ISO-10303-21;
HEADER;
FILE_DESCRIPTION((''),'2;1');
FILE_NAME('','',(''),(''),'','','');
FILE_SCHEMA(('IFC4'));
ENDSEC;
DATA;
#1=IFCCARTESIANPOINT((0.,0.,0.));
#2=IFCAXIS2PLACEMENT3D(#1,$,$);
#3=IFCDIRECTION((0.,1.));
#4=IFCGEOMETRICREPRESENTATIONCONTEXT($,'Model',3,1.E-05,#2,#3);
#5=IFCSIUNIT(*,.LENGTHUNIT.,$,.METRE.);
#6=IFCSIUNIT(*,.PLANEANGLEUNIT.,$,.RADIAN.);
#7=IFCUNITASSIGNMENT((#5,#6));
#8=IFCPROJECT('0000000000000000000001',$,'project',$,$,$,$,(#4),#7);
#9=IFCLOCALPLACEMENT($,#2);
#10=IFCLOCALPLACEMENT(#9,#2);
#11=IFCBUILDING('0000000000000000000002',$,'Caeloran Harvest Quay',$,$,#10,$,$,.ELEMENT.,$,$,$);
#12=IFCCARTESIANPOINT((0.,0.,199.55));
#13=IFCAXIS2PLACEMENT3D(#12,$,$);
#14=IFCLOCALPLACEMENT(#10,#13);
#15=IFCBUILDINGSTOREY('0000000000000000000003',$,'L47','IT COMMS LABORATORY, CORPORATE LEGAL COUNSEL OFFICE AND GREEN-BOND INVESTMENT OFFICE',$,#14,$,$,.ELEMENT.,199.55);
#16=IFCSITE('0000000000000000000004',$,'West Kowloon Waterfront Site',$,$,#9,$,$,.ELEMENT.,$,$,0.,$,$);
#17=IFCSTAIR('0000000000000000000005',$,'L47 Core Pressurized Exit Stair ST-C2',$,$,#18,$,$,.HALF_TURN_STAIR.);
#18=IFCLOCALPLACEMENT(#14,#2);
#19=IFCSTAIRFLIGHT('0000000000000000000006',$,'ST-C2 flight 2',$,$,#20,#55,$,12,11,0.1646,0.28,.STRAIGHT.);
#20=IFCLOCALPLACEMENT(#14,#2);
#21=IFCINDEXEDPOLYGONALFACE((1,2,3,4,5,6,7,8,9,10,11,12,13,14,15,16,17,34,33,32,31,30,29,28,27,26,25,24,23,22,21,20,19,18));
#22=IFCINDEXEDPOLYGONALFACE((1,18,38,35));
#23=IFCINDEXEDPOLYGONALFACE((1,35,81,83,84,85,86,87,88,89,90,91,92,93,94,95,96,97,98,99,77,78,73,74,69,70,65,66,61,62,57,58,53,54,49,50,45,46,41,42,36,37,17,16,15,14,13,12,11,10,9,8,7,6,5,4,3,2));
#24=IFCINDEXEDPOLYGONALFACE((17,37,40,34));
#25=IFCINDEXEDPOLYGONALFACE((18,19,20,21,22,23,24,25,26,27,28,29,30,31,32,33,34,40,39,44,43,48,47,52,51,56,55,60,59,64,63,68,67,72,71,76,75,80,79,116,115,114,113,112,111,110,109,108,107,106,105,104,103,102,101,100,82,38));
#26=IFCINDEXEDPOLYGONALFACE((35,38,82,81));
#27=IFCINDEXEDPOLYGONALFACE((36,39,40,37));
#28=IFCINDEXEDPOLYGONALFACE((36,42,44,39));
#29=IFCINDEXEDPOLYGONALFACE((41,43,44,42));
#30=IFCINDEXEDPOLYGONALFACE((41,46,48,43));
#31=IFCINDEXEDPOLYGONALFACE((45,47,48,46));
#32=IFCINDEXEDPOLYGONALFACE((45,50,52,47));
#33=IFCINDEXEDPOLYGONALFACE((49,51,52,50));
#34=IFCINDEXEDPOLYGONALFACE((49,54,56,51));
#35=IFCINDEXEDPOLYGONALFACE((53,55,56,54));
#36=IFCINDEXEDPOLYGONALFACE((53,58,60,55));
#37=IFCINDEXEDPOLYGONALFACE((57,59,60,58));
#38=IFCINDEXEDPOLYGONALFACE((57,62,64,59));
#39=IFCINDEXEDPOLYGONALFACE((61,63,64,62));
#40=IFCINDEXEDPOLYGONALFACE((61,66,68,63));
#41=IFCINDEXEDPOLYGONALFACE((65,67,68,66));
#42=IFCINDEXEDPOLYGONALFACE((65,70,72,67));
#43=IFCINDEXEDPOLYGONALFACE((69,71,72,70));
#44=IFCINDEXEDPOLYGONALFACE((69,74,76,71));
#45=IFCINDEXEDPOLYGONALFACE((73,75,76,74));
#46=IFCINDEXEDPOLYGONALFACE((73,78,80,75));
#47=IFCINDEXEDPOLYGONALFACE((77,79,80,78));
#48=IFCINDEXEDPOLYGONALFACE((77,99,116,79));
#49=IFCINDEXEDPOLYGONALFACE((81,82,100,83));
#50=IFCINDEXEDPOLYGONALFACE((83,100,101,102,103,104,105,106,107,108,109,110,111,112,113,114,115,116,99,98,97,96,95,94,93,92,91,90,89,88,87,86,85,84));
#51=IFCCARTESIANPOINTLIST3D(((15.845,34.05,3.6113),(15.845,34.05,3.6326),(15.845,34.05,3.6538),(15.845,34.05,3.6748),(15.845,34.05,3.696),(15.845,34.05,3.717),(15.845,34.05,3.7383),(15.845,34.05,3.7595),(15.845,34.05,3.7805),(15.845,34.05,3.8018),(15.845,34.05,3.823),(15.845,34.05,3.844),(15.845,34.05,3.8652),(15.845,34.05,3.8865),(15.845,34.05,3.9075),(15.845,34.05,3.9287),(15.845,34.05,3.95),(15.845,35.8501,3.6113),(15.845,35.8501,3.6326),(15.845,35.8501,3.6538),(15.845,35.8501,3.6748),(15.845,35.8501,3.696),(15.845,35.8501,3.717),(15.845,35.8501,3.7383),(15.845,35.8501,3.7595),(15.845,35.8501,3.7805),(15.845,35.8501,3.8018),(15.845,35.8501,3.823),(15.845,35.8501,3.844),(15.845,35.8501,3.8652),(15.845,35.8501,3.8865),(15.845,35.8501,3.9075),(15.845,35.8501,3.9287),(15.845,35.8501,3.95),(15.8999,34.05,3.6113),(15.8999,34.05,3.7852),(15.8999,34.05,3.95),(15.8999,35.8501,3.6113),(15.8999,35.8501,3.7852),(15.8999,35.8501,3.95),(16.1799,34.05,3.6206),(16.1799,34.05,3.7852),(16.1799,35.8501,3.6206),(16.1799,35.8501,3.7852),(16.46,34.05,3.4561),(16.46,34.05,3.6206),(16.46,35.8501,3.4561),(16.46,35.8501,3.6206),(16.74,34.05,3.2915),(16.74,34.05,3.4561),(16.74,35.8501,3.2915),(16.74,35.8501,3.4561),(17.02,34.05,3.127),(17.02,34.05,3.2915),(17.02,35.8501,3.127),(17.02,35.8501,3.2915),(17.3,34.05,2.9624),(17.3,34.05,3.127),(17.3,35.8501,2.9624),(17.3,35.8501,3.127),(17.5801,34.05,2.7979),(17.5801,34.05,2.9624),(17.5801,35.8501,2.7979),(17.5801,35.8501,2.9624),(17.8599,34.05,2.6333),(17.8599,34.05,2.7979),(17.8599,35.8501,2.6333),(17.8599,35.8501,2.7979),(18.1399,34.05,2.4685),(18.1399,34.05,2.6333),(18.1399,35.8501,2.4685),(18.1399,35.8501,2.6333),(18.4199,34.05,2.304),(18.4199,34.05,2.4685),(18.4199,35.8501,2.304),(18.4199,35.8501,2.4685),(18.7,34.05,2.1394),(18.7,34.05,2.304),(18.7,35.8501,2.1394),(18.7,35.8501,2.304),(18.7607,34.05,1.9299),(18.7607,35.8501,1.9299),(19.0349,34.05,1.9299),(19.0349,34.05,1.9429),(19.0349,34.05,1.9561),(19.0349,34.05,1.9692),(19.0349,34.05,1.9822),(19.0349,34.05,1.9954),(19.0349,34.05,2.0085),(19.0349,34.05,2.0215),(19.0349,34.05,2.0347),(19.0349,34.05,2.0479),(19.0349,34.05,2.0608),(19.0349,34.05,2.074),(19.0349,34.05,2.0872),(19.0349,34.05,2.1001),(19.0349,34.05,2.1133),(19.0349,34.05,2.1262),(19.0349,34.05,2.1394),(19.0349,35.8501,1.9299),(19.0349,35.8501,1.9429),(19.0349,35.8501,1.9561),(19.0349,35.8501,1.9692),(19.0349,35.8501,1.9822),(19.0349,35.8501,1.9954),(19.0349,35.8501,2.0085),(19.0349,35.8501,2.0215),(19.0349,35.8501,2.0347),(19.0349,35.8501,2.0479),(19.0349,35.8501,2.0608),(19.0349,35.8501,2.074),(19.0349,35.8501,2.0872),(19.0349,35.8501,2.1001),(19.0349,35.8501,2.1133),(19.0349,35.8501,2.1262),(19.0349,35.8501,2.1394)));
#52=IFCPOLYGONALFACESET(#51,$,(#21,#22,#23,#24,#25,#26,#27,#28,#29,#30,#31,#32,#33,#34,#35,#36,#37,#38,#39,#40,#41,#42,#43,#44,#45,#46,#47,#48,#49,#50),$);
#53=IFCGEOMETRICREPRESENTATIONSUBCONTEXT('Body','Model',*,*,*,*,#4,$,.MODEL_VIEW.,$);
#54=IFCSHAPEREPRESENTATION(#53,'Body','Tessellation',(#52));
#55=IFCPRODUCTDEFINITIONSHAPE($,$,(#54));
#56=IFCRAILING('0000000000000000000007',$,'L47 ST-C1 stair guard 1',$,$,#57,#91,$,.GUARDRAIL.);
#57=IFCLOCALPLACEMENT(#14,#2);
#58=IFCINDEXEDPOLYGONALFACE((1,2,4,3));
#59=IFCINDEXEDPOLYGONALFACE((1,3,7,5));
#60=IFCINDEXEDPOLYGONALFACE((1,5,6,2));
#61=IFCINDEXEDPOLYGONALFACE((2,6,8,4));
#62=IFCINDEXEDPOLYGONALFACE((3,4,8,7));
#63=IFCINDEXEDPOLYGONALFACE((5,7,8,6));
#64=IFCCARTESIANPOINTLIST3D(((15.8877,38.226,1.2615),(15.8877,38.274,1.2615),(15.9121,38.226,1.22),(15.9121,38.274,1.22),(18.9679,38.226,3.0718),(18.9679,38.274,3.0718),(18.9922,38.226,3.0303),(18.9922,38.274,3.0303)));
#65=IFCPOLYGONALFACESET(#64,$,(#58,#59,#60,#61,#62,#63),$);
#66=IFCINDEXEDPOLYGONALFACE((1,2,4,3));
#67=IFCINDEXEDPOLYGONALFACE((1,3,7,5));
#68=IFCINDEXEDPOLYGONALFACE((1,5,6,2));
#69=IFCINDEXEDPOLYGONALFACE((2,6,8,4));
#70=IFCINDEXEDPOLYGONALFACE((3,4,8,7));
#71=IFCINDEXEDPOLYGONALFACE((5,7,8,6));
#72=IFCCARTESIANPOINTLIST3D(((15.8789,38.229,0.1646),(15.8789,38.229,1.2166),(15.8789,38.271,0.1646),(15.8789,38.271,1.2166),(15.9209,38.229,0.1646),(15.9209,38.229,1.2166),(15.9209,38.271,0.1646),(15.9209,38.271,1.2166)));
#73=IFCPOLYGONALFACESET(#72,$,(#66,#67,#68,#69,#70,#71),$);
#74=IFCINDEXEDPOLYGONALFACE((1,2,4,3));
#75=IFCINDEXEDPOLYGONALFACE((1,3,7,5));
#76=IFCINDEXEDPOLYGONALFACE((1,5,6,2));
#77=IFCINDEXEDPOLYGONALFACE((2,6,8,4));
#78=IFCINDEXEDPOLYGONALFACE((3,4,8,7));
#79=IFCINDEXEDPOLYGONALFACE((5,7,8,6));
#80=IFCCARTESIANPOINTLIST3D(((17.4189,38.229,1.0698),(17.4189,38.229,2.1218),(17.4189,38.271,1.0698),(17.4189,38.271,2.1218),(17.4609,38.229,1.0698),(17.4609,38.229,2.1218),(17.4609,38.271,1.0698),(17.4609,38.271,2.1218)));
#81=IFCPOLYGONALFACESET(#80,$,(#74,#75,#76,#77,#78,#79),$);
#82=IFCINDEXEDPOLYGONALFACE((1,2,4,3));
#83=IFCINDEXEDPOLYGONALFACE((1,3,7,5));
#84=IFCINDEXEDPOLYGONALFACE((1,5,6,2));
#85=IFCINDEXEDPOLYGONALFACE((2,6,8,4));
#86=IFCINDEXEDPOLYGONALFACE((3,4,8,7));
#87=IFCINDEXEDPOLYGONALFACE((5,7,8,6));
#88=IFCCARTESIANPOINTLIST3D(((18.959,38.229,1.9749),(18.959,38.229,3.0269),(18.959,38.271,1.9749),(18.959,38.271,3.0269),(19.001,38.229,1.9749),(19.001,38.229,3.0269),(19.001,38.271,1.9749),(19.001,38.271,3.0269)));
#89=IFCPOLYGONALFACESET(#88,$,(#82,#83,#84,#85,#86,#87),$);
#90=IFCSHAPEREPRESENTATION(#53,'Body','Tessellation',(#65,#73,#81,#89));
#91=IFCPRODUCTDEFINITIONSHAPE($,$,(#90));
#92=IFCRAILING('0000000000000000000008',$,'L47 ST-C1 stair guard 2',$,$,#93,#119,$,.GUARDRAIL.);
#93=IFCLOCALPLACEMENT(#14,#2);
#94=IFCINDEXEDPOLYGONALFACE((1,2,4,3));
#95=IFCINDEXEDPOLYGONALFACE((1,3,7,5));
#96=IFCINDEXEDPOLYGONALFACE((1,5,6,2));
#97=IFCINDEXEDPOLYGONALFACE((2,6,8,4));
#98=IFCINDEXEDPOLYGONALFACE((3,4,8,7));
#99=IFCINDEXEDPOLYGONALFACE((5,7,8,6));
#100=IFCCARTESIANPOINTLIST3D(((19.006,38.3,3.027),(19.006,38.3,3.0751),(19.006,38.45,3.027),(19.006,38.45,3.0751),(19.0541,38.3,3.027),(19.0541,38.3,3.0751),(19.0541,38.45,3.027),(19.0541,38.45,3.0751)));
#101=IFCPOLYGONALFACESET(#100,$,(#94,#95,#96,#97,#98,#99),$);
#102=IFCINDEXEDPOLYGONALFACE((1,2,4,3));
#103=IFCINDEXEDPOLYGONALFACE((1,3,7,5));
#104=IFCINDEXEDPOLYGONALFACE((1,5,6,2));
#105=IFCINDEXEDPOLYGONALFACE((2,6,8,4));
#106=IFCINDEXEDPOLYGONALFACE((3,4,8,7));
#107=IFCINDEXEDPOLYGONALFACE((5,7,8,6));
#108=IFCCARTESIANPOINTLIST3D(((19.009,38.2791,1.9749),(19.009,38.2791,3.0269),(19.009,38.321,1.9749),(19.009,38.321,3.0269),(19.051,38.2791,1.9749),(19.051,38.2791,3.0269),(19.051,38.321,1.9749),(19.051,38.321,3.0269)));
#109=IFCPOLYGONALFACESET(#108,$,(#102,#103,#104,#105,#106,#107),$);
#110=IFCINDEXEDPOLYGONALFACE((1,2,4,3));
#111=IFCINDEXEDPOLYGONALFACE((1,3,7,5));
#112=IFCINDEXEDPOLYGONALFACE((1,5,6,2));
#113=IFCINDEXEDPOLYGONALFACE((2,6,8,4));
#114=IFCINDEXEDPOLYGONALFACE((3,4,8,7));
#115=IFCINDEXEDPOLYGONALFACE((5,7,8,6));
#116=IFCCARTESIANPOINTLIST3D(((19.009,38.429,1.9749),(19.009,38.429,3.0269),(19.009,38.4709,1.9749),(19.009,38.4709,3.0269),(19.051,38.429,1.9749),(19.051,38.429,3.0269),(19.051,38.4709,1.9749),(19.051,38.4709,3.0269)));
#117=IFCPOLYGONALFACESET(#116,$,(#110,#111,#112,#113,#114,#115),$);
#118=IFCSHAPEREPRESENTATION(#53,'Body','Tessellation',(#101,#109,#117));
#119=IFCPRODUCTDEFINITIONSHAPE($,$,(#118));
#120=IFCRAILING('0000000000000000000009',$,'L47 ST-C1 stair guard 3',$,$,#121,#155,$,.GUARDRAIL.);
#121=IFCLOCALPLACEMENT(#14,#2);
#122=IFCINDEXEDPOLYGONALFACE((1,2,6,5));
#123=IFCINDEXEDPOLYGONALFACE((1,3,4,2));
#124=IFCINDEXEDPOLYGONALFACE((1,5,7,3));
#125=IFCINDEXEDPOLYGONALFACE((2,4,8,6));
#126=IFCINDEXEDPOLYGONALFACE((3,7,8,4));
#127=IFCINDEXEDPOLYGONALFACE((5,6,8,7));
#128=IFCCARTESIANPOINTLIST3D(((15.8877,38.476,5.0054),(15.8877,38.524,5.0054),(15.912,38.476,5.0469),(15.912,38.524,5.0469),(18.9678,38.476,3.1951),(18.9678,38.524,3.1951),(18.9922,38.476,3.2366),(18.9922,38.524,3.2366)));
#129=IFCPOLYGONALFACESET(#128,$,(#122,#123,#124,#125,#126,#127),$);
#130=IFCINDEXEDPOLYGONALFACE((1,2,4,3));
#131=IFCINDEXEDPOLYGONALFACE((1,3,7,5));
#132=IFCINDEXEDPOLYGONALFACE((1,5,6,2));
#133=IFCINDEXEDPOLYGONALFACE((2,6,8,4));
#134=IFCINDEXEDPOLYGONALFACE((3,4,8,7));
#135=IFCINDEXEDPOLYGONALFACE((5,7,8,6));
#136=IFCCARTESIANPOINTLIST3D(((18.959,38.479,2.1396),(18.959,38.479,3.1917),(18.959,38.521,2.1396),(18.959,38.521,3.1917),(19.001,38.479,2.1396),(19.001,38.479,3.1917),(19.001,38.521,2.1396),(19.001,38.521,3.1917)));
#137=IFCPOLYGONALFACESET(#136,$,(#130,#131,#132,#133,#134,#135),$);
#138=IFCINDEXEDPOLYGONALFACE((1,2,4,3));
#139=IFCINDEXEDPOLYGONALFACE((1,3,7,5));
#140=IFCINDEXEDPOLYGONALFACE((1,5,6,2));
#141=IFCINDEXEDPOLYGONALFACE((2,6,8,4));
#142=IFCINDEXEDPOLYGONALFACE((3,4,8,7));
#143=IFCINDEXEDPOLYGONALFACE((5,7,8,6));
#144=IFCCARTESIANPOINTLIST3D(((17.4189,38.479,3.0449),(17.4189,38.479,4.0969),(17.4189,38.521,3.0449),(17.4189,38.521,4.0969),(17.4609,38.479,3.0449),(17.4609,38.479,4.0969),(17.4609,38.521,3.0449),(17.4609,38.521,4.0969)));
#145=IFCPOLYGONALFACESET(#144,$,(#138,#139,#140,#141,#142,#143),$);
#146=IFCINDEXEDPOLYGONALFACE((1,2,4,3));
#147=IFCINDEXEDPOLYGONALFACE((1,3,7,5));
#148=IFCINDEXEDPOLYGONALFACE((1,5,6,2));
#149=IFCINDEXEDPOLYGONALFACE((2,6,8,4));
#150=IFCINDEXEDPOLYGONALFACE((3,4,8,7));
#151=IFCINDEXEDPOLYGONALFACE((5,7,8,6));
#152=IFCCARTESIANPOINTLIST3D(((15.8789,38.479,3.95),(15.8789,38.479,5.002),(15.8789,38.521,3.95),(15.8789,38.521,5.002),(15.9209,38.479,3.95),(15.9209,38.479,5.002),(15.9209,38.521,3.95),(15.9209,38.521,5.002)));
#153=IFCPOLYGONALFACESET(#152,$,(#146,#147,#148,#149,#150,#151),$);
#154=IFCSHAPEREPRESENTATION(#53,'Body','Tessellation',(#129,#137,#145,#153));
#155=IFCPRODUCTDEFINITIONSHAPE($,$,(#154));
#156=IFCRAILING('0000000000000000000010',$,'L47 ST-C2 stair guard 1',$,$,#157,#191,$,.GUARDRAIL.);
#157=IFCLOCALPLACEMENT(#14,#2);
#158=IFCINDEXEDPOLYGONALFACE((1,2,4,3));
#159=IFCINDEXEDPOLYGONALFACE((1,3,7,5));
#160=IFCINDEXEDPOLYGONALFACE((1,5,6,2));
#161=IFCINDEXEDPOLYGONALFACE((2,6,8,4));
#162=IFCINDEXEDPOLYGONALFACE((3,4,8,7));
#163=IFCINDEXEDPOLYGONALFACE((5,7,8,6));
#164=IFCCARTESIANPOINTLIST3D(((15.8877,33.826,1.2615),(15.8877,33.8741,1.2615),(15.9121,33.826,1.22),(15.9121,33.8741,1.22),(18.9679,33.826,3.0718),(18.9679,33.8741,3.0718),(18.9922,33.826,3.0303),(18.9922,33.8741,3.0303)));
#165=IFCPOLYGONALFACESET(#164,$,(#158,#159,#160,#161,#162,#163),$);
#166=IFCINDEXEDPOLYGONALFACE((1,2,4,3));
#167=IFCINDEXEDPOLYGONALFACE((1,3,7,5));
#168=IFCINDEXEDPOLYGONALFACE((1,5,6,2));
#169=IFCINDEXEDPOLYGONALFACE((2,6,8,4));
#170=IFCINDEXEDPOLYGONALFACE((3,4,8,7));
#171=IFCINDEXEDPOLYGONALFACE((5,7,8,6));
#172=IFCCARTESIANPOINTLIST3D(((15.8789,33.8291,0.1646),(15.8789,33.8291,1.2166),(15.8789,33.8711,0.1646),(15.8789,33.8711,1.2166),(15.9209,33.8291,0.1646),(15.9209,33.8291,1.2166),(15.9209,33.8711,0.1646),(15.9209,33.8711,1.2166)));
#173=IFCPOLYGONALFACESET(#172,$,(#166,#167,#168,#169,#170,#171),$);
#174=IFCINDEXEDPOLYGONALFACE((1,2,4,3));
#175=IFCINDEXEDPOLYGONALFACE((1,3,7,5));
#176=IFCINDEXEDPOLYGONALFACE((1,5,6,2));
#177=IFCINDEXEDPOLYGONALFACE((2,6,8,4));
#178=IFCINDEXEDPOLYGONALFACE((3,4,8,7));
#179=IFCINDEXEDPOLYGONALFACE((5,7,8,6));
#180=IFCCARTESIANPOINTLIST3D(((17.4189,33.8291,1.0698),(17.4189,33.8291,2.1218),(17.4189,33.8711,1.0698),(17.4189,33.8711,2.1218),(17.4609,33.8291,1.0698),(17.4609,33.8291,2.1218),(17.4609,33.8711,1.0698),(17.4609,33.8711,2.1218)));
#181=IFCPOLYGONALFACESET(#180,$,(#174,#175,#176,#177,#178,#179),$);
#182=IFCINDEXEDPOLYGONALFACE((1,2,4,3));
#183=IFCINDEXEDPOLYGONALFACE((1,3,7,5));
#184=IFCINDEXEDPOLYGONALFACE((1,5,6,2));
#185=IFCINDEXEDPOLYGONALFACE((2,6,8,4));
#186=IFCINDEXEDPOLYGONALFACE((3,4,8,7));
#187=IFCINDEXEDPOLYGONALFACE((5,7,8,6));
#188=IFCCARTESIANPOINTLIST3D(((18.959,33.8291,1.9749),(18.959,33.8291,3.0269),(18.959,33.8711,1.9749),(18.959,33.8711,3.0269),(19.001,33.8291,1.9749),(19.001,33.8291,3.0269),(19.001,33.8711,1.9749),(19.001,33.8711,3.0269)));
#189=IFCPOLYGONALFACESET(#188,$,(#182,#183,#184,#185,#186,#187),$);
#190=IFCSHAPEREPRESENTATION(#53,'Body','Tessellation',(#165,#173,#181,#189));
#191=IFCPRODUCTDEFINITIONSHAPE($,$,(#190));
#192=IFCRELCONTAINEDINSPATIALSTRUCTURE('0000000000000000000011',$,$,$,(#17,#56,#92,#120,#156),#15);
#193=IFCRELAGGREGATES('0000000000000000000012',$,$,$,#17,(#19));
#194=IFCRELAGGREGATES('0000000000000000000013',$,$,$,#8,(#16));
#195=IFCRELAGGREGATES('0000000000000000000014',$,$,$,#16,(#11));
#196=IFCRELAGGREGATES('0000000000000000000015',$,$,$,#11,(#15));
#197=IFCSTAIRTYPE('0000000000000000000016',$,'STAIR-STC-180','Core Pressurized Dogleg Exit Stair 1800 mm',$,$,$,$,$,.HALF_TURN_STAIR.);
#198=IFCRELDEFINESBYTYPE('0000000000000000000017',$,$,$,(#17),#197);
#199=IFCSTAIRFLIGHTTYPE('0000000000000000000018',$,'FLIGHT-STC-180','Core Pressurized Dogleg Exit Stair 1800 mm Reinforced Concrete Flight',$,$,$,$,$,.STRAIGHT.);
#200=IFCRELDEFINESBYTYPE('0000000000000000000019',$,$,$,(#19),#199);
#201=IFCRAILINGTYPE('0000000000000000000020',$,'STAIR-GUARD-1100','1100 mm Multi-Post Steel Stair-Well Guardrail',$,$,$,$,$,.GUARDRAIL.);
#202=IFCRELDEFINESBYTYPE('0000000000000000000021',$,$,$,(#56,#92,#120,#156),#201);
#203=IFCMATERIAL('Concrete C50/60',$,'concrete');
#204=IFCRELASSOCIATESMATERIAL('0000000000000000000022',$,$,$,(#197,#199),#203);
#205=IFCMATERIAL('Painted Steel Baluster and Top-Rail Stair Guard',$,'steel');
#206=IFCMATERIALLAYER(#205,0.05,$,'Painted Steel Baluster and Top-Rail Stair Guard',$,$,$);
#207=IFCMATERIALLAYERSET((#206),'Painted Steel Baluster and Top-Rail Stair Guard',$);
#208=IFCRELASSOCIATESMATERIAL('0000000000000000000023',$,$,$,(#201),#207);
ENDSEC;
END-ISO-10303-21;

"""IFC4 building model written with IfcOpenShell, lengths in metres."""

from ifc_helpers import new_model, si_unit, direction, frame, origin, origin_2d, place, context, subcontext, project, spatial, polyline, rectangle, outline, extrude, material, layer, layer_set, type_object, element, aggregate, save


model = new_model("IFC4")

# Units and contexts
model_context = context("Model", 3, precision=1e-05, world=origin(), true_north=direction((0.0, 1.0)))
body_context = subcontext(model_context, "Body", "Model", "MODEL_VIEW")
ifc_project = project(units=[si_unit("LENGTHUNIT", "METRE"), si_unit("PLANEANGLEUNIT", "RADIAN")], contexts=[model_context])

# Site, building, storey
site_placement = place(None, origin())
site = spatial("IfcSite", under=ifc_project, at=site_placement, Name="West Kowloon Waterfront Site", CompositionType="ELEMENT", RefElevation=0.0)
building_placement = place(site_placement, origin())
building = spatial("IfcBuilding", under=site, at=building_placement, Name="Caeloran Harvest Quay", CompositionType="ELEMENT")
storey_placement = place(building_placement, frame((0.0, 0.0, 199.55)))
storey = spatial("IfcBuildingStorey", under=building, at=storey_placement, Name="L47", Description="IT COMMS LABORATORY, CORPORATE LEGAL COUNSEL OFFICE AND GREEN-BOND INVESTMENT OFFICE", CompositionType="ELEMENT", Elevation=199.55)

# Shared definitions
ifc_material_1 = material(Name="Concrete C50/60", Category="concrete")

# Stair, stair flight
stair_type = type_object("IfcStairType", Name="STAIR-STC-180", Description="Core Pressurized Dogleg Exit Stair 1800 mm", PredefinedType="HALF_TURN_STAIR", material=ifc_material_1)
stair_flight_type = type_object("IfcStairFlightType", Name="FLIGHT-STC-180", Description="Core Pressurized Dogleg Exit Stair 1800 mm Reinforced Concrete Flight", PredefinedType="STRAIGHT", material=ifc_material_1)
stair_1_placement = place(storey_placement, origin())
stair_1 = element("IfcStair", 1, at=stair_1_placement, inside=storey, type_object=stair_type, Name="L47 Core Pressurized Exit Stair ST-C2", PredefinedType="HALF_TURN_STAIR")
stair_flight_1_placement = place(storey_placement, frame((18.98, 34.95, 1.9749), z_axis=(0.0, 0.0, 1.0), x_axis=(-1.0, 0.0, 0.0)))
stair_flight_1 = element("IfcStairFlight", 2, at=stair_flight_1_placement, type_object=stair_flight_type, Name="ST-C2 flight 2", NumberOfRisers=12, NumberOfTreads=11, PredefinedType="STRAIGHT", RiserHeight=0.1646, TreadLength=0.28, context=body_context, shape_type="SweptSolid", body=[
    extrude(outline(polyline([(-0.0549, -0.0449), (-0.0549, -0.032), (-0.0549, -0.0188), (-0.0549, -0.0056), (-0.0549, 0.0073), (-0.0549, 0.0205), (-0.0549, 0.0337), (-0.0549, 0.0466), (-0.0549, 0.0598), (-0.0549, 0.073), (-0.0549, 0.0859), (-0.0549, 0.0991), (-0.0549, 0.1123), (-0.0549, 0.1252), (-0.0549, 0.1384), (-0.0549, 0.1514), (-0.0549, 0.1646), (0.28, 0.1646), (0.28, 0.3291), (0.5601, 0.3291), (0.5601, 0.4937), (0.8401, 0.4937), (0.8401, 0.6584), (1.1201, 0.6584), (1.1201, 0.823), (1.3999, 0.823), (1.3999, 0.9875), (1.6799, 0.9875), (1.6799, 1.1521), (1.96, 1.1521), (1.96, 1.3167), (2.24, 1.3167), (2.24, 1.4812), (2.52, 1.4812), (2.52, 1.6458), (2.8, 1.6458), (2.8, 1.8103), (3.0801, 1.8103), (3.0801, 1.9751), (3.135, 1.9751), (3.135, 1.9539), (3.135, 1.9326), (3.135, 1.9116), (3.135, 1.8904), (3.135, 1.8691), (3.135, 1.8481), (3.135, 1.8269), (3.135, 1.8057), (3.135, 1.7847), (3.135, 1.7634), (3.135, 1.7422), (3.135, 1.7212), (3.135, 1.7), (3.135, 1.679), (3.135, 1.6577), (3.135, 1.6365), (3.0801, 1.6365), (0.2192, -0.0449), (-0.0549, -0.0449)])), frame((0.0, 0.8999, 0.0), z_axis=(0.0, -1.0, 0.0), x_axis=(1.0, 0.0, 0.0)), (0.0, 0.0, 1.0), 1.8),
])
aggregate(stair_1, [stair_flight_1])

# Railings
ifc_material_2 = material(Name="Painted Steel Baluster and Top-Rail Stair Guard", Category="steel")
ifc_layer_1 = layer(ifc_material_2, 0.05, Name="Painted Steel Baluster and Top-Rail Stair Guard")
ifc_layer_set_1 = layer_set([ifc_layer_1], Name="Painted Steel Baluster and Top-Rail Stair Guard")
railing_type_1 = type_object("IfcRailingType", Name="STAIR-GUARD-1100", Description="1100 mm Multi-Post Steel Stair-Well Guardrail", PredefinedType="GUARDRAIL", material=ifc_layer_set_1)
railing_1_placement = place(storey_placement, frame((15.8999, 38.25, 0.1646)))
element("IfcRailing", 3, at=railing_1_placement, inside=storey, type_object=railing_type_1, Name="L47 ST-C1 stair guard 1", PredefinedType="GUARDRAIL", context=body_context, shape_type="SweptSolid", body=[
    extrude(rectangle(XDim=0.0481, YDim=0.0481, at=origin_2d()), frame((0.0, 0.0, 1.0762), z_axis=(0.862119, 0.0, 0.506707), x_axis=(0.0, 1.0, 0.0)), (0.0, 0.0, 1.0), 3.5728),
    extrude(rectangle(XDim=0.042, YDim=0.042, at=origin_2d()), origin(), (0.0, 0.0, 1.0), 1.052),
    extrude(rectangle(XDim=0.042, YDim=0.042, at=origin_2d()), frame((1.54, 0.0, 0.9053)), (0.0, 0.0, 1.0), 1.052),
    extrude(rectangle(XDim=0.042, YDim=0.042, at=origin_2d()), frame((3.0801, 0.0, 1.8103)), (0.0, 0.0, 1.0), 1.052),
])
railing_2_placement = place(storey_placement, frame((19.03, 38.3, 1.9749)))
element("IfcRailing", 4, at=railing_2_placement, inside=storey, type_object=railing_type_1, Name="L47 ST-C1 stair guard 2", PredefinedType="GUARDRAIL", context=body_context, shape_type="SweptSolid", body=[
    extrude(rectangle(XDim=0.0481, YDim=0.0481, at=origin_2d()), frame((0.0, 0.0, 1.0762), z_axis=(0.0, 1.0, 0.0), x_axis=(-1.0, 0.0, 0.0)), (0.0, 0.0, 1.0), 0.1499),
    extrude(rectangle(XDim=0.042, YDim=0.042, at=origin_2d()), origin(), (0.0, 0.0, 1.0), 1.052),
    extrude(rectangle(XDim=0.042, YDim=0.042, at=origin_2d()), frame((0.0, 0.1499, 0.0)), (0.0, 0.0, 1.0), 1.052),
])
railing_3_placement = place(storey_placement, frame((18.98, 38.5, 2.1396)))
element("IfcRailing", 5, at=railing_3_placement, inside=storey, type_object=railing_type_1, Name="L47 ST-C1 stair guard 3", PredefinedType="GUARDRAIL", context=body_context, shape_type="SweptSolid", body=[
    extrude(rectangle(XDim=0.0481, YDim=0.0481, at=origin_2d()), frame((0.0, 0.0, 1.0762), z_axis=(-0.862119, 0.0, 0.506707), x_axis=(0.0, -1.0, 0.0)), (0.0, 0.0, 1.0), 3.5728),
    extrude(rectangle(XDim=0.042, YDim=0.042, at=origin_2d()), origin(), (0.0, 0.0, 1.0), 1.052),
    extrude(rectangle(XDim=0.042, YDim=0.042, at=origin_2d()), frame((-1.54, 0.0, 0.9053)), (0.0, 0.0, 1.0), 1.052),
    extrude(rectangle(XDim=0.042, YDim=0.042, at=origin_2d()), frame((-3.0801, 0.0, 1.8103)), (0.0, 0.0, 1.0), 1.052),
])
railing_4_placement = place(storey_placement, frame((15.8999, 33.8501, 0.1646)))
element("IfcRailing", 6, at=railing_4_placement, inside=storey, type_object=railing_type_1, Name="L47 ST-C2 stair guard 1", PredefinedType="GUARDRAIL", context=body_context, shape_type="SweptSolid", body=[
    extrude(rectangle(XDim=0.0481, YDim=0.0481, at=origin_2d()), frame((0.0, 0.0, 1.0762), z_axis=(0.862119, 0.0, 0.506707), x_axis=(0.0, 1.0, 0.0)), (0.0, 0.0, 1.0), 3.5728),
    extrude(rectangle(XDim=0.042, YDim=0.042, at=origin_2d()), origin(), (0.0, 0.0, 1.0), 1.052),
    extrude(rectangle(XDim=0.042, YDim=0.042, at=origin_2d()), frame((1.54, 0.0, 0.9053)), (0.0, 0.0, 1.0), 1.052),
    extrude(rectangle(XDim=0.042, YDim=0.042, at=origin_2d()), frame((3.0801, 0.0, 1.8103)), (0.0, 0.0, 1.0), 1.052),
])

save(model, "model.ifc")
